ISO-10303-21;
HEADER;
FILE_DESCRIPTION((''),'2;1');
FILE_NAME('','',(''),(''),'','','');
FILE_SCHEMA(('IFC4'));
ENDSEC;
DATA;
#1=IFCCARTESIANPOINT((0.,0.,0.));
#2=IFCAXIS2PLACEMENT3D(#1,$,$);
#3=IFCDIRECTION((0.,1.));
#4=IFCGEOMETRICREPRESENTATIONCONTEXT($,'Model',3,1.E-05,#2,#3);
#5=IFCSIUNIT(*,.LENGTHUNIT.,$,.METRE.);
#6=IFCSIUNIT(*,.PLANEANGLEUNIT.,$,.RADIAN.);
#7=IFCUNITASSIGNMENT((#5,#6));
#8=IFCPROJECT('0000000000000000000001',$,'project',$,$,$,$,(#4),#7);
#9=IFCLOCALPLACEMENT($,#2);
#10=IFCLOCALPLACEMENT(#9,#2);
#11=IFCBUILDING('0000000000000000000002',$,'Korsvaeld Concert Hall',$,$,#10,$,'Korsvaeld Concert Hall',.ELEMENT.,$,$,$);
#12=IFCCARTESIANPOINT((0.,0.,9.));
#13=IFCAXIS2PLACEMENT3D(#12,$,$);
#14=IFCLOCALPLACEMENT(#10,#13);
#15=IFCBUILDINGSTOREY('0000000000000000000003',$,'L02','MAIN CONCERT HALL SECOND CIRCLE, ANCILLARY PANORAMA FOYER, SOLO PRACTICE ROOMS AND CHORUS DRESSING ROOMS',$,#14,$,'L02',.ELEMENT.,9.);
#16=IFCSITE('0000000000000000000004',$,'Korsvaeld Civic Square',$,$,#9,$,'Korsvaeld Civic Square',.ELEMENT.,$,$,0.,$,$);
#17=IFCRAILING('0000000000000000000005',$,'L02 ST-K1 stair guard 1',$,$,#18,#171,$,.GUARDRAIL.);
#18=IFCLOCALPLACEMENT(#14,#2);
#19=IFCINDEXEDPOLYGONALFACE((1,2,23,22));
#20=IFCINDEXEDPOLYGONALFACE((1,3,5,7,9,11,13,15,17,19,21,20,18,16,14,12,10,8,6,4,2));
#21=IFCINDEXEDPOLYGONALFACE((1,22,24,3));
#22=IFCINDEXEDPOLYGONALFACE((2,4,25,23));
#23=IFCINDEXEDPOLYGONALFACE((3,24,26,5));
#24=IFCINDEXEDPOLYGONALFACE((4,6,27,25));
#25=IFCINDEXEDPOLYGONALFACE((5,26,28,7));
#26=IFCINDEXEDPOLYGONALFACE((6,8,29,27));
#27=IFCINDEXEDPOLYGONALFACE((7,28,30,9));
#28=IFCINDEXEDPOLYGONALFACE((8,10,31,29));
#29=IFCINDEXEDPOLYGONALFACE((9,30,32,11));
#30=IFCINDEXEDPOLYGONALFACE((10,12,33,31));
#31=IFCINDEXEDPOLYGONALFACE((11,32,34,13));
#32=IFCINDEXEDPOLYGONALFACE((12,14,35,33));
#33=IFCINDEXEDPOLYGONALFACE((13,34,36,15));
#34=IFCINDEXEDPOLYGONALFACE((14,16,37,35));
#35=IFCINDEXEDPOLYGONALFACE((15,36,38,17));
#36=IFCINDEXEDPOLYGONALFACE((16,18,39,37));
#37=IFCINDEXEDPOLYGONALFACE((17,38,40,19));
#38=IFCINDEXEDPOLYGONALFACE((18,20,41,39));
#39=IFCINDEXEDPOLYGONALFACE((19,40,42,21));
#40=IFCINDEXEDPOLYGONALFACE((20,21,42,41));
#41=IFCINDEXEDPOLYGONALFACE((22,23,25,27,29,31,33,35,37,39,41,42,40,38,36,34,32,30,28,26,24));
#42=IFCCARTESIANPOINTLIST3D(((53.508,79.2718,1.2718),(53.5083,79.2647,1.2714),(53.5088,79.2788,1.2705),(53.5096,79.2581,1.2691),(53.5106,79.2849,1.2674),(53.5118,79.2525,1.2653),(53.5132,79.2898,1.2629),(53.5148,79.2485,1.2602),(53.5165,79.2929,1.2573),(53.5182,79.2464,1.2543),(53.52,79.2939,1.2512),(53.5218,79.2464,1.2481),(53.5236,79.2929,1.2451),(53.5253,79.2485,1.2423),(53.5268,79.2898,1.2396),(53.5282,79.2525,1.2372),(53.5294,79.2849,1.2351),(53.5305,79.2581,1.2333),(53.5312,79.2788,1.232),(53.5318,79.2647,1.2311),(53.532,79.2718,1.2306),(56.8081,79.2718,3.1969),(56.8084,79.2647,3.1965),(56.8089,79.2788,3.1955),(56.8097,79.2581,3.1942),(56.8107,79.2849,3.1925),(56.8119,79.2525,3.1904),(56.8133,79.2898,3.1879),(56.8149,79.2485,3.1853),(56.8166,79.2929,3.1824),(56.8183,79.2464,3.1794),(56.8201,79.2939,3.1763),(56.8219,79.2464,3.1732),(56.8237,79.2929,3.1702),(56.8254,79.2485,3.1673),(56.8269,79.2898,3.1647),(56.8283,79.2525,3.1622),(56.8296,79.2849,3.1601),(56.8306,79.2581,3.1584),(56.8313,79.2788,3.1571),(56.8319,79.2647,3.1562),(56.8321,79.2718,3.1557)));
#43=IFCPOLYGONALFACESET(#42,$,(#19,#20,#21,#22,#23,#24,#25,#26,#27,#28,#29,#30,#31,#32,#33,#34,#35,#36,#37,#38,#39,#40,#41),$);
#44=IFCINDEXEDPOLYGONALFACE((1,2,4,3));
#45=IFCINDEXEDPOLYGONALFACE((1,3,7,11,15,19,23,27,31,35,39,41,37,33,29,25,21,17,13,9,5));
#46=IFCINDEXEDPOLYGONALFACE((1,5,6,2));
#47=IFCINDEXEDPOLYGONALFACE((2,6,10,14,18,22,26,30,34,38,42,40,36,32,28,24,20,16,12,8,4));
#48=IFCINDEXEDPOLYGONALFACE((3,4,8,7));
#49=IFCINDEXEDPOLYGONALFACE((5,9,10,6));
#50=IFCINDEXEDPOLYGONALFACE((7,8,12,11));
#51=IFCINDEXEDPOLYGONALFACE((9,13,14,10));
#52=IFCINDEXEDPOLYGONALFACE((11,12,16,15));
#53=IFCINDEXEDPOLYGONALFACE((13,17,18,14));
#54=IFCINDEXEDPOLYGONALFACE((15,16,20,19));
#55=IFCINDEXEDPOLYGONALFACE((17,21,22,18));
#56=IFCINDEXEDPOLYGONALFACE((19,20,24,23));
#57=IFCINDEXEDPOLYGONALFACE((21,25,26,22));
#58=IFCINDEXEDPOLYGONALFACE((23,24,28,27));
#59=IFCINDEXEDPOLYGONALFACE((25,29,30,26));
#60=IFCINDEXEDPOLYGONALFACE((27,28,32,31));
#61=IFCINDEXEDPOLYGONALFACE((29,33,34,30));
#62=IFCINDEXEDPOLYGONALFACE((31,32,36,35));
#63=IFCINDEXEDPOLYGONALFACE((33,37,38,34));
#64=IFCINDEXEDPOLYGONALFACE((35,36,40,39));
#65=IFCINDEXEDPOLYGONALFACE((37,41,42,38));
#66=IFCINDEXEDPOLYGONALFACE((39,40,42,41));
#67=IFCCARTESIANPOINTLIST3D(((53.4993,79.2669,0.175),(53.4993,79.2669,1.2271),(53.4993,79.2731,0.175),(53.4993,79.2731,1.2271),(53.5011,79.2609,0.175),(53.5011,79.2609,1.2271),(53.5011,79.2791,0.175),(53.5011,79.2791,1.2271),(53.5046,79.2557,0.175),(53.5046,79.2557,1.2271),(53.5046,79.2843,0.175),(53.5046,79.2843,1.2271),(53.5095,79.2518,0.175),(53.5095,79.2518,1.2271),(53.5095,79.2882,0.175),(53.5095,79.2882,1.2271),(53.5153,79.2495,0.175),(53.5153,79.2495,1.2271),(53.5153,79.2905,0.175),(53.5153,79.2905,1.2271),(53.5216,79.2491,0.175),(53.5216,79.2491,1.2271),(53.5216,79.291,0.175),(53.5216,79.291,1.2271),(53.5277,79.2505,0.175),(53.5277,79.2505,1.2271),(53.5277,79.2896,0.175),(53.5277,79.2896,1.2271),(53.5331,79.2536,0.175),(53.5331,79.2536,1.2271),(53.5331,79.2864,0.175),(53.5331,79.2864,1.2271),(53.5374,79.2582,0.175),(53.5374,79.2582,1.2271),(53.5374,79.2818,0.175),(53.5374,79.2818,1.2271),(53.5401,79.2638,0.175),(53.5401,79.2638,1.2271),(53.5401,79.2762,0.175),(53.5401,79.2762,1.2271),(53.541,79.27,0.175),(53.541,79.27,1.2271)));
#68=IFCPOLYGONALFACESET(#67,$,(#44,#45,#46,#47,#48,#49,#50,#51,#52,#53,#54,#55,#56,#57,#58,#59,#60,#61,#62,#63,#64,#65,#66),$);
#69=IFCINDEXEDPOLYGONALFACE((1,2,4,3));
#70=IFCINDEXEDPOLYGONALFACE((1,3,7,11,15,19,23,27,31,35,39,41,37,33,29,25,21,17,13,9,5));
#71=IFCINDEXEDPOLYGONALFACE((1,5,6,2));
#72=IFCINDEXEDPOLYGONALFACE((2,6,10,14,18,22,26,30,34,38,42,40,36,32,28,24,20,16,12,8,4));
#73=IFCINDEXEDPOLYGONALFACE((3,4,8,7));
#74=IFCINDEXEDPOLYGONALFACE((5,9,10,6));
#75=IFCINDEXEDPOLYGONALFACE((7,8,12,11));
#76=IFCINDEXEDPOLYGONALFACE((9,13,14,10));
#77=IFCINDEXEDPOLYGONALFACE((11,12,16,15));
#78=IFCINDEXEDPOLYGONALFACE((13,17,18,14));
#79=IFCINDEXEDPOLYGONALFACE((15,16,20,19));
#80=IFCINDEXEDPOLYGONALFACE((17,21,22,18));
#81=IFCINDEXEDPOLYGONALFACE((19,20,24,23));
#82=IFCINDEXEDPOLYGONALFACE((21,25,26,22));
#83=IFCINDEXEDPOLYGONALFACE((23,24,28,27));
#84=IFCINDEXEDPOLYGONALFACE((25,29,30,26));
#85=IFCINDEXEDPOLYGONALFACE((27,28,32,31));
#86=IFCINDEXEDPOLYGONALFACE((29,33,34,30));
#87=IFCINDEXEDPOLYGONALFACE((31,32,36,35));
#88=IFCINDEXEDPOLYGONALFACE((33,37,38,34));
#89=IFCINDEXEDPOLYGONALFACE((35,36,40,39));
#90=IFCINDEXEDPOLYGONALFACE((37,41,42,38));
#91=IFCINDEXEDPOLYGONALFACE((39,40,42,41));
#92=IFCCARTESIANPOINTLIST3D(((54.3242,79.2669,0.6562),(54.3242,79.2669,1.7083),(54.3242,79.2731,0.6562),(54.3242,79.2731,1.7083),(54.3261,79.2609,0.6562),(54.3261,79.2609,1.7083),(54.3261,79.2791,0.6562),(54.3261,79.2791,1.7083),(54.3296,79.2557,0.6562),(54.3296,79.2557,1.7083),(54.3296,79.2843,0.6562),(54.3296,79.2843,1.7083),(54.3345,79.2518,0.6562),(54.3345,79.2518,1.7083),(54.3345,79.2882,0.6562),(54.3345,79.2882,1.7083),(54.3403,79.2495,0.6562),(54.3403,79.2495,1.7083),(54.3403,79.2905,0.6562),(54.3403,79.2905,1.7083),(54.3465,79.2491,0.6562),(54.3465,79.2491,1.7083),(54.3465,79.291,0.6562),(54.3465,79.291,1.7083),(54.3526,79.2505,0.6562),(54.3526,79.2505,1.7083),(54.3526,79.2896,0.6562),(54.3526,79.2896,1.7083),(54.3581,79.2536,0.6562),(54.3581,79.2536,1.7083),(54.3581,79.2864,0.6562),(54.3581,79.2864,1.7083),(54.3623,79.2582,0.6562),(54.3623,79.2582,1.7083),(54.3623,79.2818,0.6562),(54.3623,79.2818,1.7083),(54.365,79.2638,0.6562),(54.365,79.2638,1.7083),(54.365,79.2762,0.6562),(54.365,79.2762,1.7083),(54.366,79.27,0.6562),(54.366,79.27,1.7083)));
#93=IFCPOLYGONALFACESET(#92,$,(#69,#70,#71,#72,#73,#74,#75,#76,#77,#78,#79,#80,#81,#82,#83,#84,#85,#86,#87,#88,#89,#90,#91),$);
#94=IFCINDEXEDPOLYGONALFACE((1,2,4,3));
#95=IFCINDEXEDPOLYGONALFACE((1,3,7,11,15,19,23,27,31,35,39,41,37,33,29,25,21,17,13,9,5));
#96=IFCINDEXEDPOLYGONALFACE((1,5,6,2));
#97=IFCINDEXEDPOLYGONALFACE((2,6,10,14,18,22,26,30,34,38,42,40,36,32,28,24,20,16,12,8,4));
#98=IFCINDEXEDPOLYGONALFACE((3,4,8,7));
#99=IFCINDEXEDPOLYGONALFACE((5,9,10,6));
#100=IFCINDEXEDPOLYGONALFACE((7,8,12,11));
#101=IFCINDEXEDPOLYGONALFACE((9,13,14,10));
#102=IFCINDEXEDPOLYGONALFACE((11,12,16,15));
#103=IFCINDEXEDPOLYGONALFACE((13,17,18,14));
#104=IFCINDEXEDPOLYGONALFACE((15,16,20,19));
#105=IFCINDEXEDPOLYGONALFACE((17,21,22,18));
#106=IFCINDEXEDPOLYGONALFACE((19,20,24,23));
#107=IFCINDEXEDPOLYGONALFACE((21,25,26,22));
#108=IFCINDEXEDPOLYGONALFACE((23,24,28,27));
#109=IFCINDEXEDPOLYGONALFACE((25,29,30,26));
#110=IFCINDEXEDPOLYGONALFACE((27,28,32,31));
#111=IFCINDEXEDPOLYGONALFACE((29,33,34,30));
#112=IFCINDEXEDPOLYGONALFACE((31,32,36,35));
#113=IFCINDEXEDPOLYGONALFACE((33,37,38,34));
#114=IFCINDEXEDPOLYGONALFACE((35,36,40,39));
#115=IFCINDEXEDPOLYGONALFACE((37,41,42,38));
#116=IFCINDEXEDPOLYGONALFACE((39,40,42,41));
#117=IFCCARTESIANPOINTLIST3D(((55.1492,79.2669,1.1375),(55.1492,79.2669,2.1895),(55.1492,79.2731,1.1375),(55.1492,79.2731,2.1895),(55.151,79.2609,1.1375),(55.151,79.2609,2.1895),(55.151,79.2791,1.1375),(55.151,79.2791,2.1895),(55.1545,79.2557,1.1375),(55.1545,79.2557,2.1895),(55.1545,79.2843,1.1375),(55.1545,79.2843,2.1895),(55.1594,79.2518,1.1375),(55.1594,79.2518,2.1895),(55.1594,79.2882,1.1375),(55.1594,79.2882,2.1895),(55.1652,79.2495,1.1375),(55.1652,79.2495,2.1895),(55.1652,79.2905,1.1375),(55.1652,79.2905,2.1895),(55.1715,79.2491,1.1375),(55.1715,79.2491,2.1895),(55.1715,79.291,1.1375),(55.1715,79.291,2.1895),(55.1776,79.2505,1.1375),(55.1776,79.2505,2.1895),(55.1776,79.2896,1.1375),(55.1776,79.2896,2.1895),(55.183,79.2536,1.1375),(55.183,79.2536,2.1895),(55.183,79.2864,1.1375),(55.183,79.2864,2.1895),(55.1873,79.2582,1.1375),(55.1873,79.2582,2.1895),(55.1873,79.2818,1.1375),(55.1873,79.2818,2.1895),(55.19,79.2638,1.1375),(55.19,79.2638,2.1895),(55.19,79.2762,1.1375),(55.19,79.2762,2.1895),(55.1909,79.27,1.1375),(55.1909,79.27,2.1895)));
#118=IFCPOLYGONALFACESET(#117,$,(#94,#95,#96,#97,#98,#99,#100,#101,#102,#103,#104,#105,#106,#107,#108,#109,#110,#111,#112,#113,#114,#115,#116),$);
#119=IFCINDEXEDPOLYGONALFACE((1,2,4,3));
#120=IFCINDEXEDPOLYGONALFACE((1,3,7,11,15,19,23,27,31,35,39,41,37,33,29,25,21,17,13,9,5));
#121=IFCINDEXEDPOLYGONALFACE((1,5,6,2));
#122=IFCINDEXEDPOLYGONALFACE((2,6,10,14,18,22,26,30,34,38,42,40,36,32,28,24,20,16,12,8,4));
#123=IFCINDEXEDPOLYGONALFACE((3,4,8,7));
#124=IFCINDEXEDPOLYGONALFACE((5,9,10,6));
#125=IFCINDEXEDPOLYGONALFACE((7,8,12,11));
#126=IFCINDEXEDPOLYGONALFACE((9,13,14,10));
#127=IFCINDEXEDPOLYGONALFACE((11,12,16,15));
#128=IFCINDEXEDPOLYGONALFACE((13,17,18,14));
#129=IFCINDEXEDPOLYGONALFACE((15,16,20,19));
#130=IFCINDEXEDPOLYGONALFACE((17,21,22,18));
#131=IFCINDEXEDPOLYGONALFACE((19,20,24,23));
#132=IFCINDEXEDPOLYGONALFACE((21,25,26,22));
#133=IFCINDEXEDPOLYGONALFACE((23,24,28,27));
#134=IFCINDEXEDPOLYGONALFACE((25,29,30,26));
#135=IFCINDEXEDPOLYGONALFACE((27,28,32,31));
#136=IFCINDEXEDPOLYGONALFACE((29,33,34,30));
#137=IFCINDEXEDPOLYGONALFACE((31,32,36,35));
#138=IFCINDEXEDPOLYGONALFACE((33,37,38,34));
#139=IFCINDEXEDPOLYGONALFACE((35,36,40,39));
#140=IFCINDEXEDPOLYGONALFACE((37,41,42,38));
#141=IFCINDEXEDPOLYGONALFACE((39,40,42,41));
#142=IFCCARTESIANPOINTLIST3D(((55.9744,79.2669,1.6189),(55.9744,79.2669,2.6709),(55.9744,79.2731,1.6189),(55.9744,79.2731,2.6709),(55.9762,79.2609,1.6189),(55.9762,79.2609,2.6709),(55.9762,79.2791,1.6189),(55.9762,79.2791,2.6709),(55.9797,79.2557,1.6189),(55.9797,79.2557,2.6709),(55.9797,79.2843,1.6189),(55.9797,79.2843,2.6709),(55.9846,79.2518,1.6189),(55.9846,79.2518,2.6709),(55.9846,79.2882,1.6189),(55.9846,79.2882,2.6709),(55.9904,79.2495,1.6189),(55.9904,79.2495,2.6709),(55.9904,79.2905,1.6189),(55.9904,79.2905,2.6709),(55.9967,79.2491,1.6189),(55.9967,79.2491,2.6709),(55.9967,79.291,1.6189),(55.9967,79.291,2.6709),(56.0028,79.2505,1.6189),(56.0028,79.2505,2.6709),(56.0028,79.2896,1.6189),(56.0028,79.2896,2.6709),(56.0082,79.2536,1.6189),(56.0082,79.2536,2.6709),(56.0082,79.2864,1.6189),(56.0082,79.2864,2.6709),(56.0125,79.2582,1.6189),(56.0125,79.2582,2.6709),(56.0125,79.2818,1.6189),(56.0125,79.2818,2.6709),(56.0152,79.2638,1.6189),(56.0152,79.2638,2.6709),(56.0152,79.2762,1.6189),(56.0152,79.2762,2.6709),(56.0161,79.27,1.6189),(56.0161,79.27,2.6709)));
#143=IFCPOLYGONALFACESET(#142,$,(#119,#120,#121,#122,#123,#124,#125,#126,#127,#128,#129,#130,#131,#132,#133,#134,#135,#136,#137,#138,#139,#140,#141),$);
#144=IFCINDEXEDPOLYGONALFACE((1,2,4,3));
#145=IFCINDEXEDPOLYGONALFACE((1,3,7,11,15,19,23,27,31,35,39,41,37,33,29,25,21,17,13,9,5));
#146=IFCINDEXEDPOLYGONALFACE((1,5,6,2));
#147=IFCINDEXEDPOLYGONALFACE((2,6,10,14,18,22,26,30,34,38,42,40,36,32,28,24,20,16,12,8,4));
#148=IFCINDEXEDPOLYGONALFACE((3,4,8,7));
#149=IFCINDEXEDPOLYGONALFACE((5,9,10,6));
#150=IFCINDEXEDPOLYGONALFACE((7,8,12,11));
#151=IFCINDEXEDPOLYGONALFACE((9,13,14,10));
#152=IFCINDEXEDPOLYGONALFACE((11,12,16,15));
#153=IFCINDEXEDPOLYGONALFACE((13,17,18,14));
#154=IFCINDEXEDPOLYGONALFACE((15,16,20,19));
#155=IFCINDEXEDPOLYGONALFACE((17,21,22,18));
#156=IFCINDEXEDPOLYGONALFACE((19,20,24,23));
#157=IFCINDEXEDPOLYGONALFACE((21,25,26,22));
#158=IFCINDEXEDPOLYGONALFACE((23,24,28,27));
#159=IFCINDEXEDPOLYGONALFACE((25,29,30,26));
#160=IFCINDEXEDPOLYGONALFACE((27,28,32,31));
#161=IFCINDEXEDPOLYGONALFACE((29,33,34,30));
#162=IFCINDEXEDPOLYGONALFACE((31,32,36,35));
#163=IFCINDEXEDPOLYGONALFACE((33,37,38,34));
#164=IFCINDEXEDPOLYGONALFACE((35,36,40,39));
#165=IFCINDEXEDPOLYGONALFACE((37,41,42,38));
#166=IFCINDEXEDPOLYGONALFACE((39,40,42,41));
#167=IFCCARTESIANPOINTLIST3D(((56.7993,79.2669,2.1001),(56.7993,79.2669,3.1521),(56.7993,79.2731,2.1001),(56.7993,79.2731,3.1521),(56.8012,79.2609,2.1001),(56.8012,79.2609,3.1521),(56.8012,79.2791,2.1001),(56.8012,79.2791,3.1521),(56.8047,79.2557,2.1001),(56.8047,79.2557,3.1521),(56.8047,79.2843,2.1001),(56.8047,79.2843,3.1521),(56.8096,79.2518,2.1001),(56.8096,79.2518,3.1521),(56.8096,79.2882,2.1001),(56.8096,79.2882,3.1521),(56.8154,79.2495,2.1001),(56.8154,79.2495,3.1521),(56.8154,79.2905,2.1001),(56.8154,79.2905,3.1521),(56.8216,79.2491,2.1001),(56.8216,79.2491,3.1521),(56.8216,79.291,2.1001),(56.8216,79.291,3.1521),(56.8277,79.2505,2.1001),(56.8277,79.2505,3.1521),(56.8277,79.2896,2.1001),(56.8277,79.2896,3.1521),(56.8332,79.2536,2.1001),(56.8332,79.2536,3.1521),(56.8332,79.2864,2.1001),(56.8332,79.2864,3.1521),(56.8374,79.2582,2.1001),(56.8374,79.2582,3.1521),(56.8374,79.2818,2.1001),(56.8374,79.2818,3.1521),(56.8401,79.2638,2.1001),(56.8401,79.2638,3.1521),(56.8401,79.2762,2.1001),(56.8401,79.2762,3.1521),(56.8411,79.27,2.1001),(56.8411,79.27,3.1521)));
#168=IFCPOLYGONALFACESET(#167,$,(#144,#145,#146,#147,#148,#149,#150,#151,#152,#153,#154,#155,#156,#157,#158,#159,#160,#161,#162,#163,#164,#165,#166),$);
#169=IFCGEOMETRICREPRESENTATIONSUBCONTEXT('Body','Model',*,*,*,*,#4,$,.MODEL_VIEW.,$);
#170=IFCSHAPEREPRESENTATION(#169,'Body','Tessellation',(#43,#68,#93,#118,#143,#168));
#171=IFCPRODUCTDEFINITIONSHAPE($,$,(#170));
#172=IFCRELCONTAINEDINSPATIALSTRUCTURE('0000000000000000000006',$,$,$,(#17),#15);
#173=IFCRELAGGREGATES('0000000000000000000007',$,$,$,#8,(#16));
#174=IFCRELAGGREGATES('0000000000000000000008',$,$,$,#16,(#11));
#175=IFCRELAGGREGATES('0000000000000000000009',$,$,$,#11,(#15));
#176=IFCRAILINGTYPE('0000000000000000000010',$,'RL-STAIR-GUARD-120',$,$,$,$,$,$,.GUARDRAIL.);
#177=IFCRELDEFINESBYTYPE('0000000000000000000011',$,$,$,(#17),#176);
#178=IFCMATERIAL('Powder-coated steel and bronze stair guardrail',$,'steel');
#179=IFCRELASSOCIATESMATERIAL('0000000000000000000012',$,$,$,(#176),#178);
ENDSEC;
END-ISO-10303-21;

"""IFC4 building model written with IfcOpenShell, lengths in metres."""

from ifc_helpers import new_model, si_unit, direction, frame, origin, origin_2d, place, context, subcontext, project, spatial, circle, extrude, material, type_object, element, save


model = new_model("IFC4")

# Units and contexts
model_context = context("Model", 3, precision=1e-05, world=origin(), true_north=direction((0.0, 1.0)))
body_context = subcontext(model_context, "Body", "Model", "MODEL_VIEW")
ifc_project = project(units=[si_unit("LENGTHUNIT", "METRE"), si_unit("PLANEANGLEUNIT", "RADIAN")], contexts=[model_context])

# Site, building, storey
site_placement = place(None, origin())
site = spatial("IfcSite", under=ifc_project, at=site_placement, Name="Korsvaeld Civic Square", LongName="Korsvaeld Civic Square", CompositionType="ELEMENT", RefElevation=0.0)
building_placement = place(site_placement, origin())
building = spatial("IfcBuilding", under=site, at=building_placement, Name="Korsvaeld Concert Hall", LongName="Korsvaeld Concert Hall", CompositionType="ELEMENT")
storey_placement = place(building_placement, frame((0.0, 0.0, 9.0)))
storey = spatial("IfcBuildingStorey", under=building, at=storey_placement, Name="L02", Description="MAIN CONCERT HALL SECOND CIRCLE, ANCILLARY PANORAMA FOYER, SOLO PRACTICE ROOMS AND CHORUS DRESSING ROOMS", LongName="L02", CompositionType="ELEMENT", Elevation=9.0)

# Railing
ifc_material_1 = material(Name="Powder-coated steel and bronze stair guardrail", Category="steel")
railing_type = type_object("IfcRailingType", Name="RL-STAIR-GUARD-120", PredefinedType="GUARDRAIL", material=ifc_material_1)
railing_1_placement = place(storey_placement, frame((53.52, 79.27, 0.175)))
element("IfcRailing", 1, at=railing_1_placement, inside=storey, type_object=railing_type, Name="L02 ST-K1 stair guard 1", PredefinedType="GUARDRAIL", context=body_context, shape_type="SweptSolid", body=[
    extrude(circle(Radius=0.0239, at=origin_2d()), frame((0.0, 0.0, 1.0762), z_axis=(0.863777, 0.0, 0.503875), x_axis=(0.0, 1.0, 0.0)), (0.0, 0.0, 1.0), 3.8206),
    extrude(circle(Radius=0.021, at=origin_2d()), origin(), (0.0, 0.0, 1.0), 1.052),
    extrude(circle(Radius=0.021, at=origin_2d()), frame((0.825, 0.0, 0.4812)), (0.0, 0.0, 1.0), 1.052),
    extrude(circle(Radius=0.021, at=origin_2d()), frame((1.6499, 0.0, 0.9624)), (0.0, 0.0, 1.0), 1.052),
    extrude(circle(Radius=0.021, at=origin_2d()), frame((2.4751, 0.0, 1.4438)), (0.0, 0.0, 1.0), 1.052),
    extrude(circle(Radius=0.021, at=origin_2d()), frame((3.3, 0.0, 1.925)), (0.0, 0.0, 1.0), 1.052),
])

save(model, "model.ifc")
